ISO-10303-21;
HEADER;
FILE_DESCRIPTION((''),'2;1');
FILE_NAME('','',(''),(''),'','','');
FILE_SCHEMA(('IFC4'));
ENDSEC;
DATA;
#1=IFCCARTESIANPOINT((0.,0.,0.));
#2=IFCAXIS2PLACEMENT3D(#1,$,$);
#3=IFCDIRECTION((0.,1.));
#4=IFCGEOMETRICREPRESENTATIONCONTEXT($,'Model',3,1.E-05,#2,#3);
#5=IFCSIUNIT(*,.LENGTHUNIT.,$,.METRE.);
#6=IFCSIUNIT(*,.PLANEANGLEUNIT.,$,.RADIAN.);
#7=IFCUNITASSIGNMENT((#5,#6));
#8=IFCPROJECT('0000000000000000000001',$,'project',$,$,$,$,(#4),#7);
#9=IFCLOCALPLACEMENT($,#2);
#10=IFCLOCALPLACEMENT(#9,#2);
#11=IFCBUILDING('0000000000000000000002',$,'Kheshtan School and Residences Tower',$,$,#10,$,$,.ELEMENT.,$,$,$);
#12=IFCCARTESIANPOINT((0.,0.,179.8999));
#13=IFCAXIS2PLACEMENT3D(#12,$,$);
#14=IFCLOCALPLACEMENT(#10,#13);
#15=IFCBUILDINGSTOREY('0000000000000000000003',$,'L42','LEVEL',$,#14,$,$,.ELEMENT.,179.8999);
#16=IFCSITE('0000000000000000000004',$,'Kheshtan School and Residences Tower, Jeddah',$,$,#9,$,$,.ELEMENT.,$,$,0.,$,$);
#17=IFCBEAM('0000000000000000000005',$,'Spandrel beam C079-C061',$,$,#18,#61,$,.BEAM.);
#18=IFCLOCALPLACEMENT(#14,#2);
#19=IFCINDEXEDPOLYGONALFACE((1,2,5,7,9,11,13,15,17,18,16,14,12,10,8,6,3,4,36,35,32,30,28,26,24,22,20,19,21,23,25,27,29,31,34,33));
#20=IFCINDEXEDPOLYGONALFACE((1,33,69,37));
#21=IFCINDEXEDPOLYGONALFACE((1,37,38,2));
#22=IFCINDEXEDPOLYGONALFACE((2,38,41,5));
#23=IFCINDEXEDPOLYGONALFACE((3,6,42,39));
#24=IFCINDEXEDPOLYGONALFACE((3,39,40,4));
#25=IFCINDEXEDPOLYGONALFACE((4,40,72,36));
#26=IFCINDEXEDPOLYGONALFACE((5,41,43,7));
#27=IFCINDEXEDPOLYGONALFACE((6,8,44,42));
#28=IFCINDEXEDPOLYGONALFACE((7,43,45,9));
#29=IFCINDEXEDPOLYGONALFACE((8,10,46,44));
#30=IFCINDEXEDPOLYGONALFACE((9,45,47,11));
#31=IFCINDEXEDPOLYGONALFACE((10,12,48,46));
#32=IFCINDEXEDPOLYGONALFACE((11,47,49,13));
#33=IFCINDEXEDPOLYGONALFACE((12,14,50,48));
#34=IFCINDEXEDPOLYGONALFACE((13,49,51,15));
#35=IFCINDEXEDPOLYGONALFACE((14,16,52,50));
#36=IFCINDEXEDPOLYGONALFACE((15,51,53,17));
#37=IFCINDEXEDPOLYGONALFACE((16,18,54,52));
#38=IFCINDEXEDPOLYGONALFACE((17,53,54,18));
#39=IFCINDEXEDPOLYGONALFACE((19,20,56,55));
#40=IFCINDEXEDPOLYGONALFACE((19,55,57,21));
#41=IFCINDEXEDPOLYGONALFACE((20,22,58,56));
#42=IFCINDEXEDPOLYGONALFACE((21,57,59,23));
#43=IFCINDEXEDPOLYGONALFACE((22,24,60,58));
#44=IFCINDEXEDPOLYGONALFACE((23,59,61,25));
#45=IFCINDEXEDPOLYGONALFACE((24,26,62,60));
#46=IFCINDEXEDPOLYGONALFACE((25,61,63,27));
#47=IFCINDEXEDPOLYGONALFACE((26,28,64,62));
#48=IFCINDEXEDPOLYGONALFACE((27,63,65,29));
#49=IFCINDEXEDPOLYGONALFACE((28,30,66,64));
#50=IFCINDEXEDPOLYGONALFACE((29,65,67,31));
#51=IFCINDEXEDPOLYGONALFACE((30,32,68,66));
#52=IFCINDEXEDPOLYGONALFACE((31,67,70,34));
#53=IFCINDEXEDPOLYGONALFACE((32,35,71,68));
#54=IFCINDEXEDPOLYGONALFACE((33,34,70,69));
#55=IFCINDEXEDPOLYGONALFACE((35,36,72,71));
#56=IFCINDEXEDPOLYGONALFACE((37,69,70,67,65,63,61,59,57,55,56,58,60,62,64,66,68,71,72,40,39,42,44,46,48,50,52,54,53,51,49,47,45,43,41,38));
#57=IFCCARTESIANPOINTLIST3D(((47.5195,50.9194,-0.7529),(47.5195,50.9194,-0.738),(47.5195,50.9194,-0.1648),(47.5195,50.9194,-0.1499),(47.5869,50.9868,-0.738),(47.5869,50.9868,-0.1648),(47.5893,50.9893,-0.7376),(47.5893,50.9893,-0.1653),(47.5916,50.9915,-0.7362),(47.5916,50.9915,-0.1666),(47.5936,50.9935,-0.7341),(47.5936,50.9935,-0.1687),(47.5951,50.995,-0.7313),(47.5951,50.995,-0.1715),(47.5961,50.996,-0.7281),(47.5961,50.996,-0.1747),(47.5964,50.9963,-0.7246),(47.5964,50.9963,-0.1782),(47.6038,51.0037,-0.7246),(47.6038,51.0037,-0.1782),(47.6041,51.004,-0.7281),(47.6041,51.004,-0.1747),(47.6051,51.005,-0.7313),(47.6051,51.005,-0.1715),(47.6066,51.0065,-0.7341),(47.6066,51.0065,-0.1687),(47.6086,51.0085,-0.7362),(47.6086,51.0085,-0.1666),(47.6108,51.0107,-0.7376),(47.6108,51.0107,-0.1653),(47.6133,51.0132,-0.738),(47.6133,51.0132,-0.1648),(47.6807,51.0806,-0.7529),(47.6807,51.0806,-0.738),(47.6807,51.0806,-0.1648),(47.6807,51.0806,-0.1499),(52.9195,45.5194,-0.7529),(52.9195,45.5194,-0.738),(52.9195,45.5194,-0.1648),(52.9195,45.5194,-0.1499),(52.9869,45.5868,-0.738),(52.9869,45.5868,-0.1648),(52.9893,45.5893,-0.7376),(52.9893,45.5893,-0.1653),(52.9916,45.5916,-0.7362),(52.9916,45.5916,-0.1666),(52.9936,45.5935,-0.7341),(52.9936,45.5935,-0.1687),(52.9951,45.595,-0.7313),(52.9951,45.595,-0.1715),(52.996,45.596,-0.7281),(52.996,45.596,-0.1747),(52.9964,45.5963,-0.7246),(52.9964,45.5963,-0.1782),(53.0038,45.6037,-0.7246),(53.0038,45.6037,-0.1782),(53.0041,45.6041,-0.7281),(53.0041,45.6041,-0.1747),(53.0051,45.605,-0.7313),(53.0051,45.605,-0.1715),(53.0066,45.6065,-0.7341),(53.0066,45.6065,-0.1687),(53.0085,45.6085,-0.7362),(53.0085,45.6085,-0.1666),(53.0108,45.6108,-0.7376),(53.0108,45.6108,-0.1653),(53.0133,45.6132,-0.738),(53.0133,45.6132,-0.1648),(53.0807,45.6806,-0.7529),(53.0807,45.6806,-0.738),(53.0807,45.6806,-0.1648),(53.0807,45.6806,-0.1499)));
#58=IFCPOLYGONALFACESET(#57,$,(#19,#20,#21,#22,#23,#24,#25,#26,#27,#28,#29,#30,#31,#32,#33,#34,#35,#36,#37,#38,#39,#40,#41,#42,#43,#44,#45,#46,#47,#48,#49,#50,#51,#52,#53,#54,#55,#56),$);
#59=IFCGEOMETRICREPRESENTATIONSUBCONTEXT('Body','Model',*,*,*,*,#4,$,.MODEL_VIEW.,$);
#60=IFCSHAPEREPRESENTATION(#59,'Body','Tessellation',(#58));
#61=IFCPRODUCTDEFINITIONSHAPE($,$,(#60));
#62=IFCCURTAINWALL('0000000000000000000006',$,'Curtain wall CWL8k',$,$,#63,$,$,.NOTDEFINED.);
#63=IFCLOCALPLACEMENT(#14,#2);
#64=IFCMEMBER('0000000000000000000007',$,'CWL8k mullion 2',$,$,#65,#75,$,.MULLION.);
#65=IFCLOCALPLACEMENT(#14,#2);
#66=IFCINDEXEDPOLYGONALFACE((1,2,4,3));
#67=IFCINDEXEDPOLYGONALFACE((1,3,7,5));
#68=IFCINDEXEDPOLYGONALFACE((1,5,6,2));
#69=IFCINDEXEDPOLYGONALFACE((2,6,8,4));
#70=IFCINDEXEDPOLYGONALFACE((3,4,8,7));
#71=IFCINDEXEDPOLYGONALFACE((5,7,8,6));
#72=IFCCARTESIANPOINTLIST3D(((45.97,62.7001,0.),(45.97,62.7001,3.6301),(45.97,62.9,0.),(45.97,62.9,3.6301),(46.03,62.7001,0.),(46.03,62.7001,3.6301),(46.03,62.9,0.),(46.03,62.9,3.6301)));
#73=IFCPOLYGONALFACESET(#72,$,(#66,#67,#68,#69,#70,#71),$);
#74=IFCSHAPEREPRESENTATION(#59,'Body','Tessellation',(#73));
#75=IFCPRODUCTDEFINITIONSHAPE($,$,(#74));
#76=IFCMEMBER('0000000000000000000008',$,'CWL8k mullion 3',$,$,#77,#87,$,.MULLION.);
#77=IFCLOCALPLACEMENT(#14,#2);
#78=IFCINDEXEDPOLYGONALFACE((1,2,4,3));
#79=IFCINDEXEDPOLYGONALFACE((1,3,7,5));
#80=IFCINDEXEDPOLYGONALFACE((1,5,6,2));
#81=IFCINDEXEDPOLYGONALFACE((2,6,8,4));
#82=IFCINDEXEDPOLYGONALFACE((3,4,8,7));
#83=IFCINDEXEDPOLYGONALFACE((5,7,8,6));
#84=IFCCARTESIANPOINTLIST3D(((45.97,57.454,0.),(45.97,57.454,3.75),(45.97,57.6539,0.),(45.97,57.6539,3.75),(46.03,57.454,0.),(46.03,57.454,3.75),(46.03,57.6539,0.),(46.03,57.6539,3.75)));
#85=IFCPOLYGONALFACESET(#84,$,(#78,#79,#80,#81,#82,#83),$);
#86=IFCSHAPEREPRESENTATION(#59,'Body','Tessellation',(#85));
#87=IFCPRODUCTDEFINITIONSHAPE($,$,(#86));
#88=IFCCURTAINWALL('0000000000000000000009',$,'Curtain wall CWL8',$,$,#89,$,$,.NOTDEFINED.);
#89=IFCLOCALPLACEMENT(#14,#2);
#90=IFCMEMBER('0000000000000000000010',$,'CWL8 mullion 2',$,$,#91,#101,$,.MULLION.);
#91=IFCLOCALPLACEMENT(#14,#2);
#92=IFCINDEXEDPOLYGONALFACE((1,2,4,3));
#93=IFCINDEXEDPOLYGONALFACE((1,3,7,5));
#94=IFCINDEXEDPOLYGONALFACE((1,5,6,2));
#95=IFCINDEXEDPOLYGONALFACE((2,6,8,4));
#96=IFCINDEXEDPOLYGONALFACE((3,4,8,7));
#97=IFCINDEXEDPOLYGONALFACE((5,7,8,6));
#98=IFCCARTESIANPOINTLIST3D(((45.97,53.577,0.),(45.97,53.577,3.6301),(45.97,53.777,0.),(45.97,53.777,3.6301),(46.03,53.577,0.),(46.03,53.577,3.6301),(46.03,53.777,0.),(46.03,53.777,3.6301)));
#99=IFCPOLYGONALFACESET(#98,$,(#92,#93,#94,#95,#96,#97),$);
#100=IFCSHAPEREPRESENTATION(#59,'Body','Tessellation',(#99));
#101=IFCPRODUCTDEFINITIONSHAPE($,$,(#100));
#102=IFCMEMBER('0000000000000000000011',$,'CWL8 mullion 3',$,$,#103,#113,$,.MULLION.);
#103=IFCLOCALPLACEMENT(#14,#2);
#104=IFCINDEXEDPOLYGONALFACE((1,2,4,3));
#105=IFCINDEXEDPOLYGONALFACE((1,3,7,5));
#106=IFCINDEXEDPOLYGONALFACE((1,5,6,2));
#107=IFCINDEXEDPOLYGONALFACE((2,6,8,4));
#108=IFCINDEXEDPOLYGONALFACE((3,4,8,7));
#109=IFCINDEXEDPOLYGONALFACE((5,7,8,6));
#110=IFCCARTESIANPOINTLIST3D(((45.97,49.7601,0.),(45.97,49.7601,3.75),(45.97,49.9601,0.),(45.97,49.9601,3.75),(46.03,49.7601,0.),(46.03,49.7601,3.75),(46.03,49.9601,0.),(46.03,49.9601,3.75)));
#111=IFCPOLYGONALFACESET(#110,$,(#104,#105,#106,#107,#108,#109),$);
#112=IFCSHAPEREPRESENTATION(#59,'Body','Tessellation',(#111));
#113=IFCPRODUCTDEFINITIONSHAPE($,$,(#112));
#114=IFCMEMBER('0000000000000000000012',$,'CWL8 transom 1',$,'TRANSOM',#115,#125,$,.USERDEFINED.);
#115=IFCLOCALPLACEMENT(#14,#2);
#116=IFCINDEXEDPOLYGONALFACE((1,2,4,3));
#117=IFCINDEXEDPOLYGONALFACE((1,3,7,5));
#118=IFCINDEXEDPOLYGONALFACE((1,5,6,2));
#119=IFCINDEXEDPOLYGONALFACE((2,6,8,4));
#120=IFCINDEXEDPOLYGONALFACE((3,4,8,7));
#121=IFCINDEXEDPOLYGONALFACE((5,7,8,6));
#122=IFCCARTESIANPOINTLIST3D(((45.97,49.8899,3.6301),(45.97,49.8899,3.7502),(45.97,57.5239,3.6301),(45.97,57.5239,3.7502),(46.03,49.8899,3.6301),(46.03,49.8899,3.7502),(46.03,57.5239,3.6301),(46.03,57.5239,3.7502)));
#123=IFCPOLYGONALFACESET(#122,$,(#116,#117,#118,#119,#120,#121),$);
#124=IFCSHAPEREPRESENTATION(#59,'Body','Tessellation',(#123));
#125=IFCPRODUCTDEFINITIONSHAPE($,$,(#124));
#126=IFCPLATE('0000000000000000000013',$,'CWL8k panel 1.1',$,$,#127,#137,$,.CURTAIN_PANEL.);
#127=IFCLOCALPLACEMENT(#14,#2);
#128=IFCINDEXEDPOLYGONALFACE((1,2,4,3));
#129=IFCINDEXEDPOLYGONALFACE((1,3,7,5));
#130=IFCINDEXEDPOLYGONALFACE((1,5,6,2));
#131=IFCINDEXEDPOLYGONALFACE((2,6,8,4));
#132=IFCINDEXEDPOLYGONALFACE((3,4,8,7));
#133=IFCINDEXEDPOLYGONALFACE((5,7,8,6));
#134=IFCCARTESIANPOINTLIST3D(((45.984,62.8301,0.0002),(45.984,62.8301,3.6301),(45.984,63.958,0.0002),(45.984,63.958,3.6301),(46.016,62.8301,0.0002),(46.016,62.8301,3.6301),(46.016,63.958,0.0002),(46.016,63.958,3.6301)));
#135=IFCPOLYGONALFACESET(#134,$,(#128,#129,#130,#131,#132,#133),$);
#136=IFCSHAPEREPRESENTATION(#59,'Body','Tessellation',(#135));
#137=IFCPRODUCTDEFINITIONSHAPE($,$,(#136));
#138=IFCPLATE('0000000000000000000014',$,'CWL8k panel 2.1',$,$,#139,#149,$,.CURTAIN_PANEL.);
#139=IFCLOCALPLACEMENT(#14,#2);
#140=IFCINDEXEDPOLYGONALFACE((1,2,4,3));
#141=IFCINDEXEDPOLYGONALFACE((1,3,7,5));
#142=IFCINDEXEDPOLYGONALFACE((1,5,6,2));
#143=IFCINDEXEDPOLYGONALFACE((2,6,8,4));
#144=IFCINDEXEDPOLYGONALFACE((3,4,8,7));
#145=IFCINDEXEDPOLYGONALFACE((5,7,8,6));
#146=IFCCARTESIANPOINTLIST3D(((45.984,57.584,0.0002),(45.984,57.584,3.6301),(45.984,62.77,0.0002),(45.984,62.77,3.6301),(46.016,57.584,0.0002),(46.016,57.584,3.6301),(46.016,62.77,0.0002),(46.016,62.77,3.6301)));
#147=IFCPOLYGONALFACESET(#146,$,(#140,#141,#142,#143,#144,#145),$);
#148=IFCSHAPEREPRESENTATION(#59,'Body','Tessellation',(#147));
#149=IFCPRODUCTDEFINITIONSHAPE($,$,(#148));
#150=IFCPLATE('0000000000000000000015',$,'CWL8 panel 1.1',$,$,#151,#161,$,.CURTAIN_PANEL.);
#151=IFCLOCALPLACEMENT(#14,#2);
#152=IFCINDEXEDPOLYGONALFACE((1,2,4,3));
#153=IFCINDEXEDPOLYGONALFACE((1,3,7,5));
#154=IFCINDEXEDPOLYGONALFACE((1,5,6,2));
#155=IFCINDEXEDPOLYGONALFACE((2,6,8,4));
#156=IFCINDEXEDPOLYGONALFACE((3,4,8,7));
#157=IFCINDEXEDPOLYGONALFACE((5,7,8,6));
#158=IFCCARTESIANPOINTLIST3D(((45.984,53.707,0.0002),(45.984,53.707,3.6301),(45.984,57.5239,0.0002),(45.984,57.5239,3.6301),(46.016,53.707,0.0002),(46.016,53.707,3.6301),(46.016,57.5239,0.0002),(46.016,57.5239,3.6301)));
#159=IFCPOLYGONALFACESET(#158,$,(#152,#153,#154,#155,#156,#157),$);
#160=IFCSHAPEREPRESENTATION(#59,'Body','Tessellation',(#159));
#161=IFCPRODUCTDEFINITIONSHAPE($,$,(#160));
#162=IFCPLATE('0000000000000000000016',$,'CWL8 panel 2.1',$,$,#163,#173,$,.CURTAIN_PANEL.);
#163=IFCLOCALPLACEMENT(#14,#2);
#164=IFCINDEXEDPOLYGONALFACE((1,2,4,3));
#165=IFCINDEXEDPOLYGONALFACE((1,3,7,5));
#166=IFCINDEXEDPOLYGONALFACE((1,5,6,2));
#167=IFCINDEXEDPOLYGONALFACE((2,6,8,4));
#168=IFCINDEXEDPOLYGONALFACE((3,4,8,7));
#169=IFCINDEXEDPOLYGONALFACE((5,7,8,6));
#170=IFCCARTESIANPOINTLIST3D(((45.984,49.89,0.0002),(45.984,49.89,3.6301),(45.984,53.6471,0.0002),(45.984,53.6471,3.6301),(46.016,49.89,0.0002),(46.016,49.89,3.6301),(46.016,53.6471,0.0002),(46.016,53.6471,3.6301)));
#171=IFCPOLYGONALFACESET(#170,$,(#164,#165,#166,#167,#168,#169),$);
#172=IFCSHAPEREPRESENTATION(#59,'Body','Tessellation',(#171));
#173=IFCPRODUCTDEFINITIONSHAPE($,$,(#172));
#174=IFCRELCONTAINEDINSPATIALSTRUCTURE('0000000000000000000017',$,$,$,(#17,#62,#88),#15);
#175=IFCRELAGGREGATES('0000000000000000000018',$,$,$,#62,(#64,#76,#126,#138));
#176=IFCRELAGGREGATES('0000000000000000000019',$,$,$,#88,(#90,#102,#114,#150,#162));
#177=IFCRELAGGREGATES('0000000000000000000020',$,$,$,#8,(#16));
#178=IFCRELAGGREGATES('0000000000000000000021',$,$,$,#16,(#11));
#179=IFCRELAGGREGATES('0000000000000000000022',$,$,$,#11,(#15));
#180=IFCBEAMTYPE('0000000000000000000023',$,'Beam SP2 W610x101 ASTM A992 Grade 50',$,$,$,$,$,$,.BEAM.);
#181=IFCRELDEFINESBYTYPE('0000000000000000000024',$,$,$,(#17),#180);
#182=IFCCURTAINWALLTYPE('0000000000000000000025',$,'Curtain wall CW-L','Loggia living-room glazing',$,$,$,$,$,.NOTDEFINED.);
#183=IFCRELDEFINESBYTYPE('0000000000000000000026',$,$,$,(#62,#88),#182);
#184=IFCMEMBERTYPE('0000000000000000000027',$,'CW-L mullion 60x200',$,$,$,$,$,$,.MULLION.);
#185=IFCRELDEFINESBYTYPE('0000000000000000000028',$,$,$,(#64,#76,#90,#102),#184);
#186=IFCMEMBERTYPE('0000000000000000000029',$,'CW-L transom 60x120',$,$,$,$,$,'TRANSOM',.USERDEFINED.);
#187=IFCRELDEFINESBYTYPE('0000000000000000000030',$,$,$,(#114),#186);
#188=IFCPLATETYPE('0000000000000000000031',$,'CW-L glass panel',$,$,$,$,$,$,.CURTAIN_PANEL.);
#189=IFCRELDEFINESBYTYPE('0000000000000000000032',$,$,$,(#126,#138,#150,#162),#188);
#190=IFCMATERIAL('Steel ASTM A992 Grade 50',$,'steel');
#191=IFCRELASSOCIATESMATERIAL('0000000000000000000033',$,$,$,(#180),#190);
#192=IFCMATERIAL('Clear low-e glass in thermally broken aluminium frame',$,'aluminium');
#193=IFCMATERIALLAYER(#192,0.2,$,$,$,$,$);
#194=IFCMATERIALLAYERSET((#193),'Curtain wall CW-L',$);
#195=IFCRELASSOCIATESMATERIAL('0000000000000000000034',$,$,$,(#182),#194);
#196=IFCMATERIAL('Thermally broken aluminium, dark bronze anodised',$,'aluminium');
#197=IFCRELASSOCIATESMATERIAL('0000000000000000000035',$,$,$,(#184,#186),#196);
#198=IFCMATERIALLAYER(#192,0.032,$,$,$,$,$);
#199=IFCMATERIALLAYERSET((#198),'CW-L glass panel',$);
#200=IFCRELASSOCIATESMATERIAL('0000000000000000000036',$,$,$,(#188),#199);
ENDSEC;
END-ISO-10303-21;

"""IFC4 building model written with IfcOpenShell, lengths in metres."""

from ifc_helpers import new_model, si_unit, direction, frame, origin, origin_2d, place, context, subcontext, project, spatial, rectangle, i_section, extrude, material, layer, layer_set, material_profile, profile_set, type_object, element, aggregate, save


model = new_model("IFC4")

# Units and contexts
model_context = context("Model", 3, precision=1e-05, world=origin(), true_north=direction((0.0, 1.0)))
body_context = subcontext(model_context, "Body", "Model", "MODEL_VIEW")
ifc_project = project(units=[si_unit("LENGTHUNIT", "METRE"), si_unit("PLANEANGLEUNIT", "RADIAN")], contexts=[model_context])

# Site, building, storey
site_placement = place(None, origin())
site = spatial("IfcSite", under=ifc_project, at=site_placement, Name="Kheshtan School and Residences Tower, Jeddah", CompositionType="ELEMENT", RefElevation=0.0)
building_placement = place(site_placement, origin())
building = spatial("IfcBuilding", under=site, at=building_placement, Name="Kheshtan School and Residences Tower", CompositionType="ELEMENT")
storey_placement = place(building_placement, frame((0.0, 0.0, 179.8999)))
storey = spatial("IfcBuildingStorey", under=building, at=storey_placement, Name="L42", Description="LEVEL", CompositionType="ELEMENT", Elevation=179.8999)

# Shared definitions
ifc_material_1 = material(Name="Steel ASTM A992 Grade 50", Category="steel")

# Beam
ifc_material_profile_1 = material_profile(ifc_material_1, i_section(OverallWidth=0.228, OverallDepth=0.603, WebThickness=0.0105, FlangeThickness=0.0149, FilletRadius=0.0134, at=origin_2d()), Name="W610x101")
ifc_profile_set_1 = profile_set([ifc_material_profile_1], Name="Steel ASTM A992 Grade 50")
beam_type = type_object("IfcBeamType", Name="Beam SP2 W610x101 ASTM A992 Grade 50", PredefinedType="BEAM", material=ifc_profile_set_1)
beam_1_placement = place(storey_placement, frame((47.6001, 51.0, -0.4514), z_axis=(0.707107, -0.707107, 0.0), x_axis=(0.707107, 0.707107, 0.0)))
element("IfcBeam", 1, at=beam_1_placement, inside=storey, type_object=beam_type, Name="Spandrel beam C079-C061", PredefinedType="BEAM", context=body_context, shape_type="SweptSolid", body=[
    extrude(i_section(OverallWidth=0.228, OverallDepth=0.603, WebThickness=0.0105, FlangeThickness=0.0149, FilletRadius=0.0134, at=origin_2d()), origin(), (0.0, 0.0, 1.0), 7.6367),
])

# Curtain walls, members
ifc_material_2 = material(Name="Clear low-e glass in thermally broken aluminium frame", Category="aluminium")
ifc_layer_1 = layer(ifc_material_2, 0.2)
ifc_layer_set_1 = layer_set([ifc_layer_1], Name="Curtain wall CW-L")
curtain_wall_type = type_object("IfcCurtainWallType", Name="Curtain wall CW-L", Description="Loggia living-room glazing", PredefinedType="NOTDEFINED", material=ifc_layer_set_1)
curtain_wall_1_placement = place(storey_placement, origin())
curtain_wall_1 = element("IfcCurtainWall", 2, at=curtain_wall_1_placement, inside=storey, type_object=curtain_wall_type, Name="Curtain wall CWL8k", PredefinedType="NOTDEFINED")
ifc_material_3 = material(Name="Thermally broken aluminium, dark bronze anodised", Category="aluminium")
ifc_material_profile_2 = material_profile(ifc_material_3, rectangle(XDim=0.0601, YDim=0.2, at=origin_2d()), Name="CW-L mullion 60x200")
ifc_profile_set_2 = profile_set([ifc_material_profile_2], Name="Thermally broken aluminium, dark bronze anodised")
member_type_1 = type_object("IfcMemberType", Name="CW-L mullion 60x200", PredefinedType="MULLION", material=ifc_profile_set_2)
member_1_placement = place(storey_placement, frame((46.0, 62.8, 0.0), z_axis=(0.0, 0.0, 1.0), x_axis=(1.0, 0.0, 0.0)))
member_1 = element("IfcMember", 3, at=member_1_placement, type_object=member_type_1, Name="CWL8k mullion 2", PredefinedType="MULLION", context=body_context, shape_type="SweptSolid", body=[
    extrude(rectangle(XDim=0.0601, YDim=0.2, at=origin_2d()), origin(), (0.0, 0.0, 1.0), 3.6301),
])
member_2_placement = place(storey_placement, frame((46.0, 57.554, 0.0), z_axis=(0.0, 0.0, 1.0), x_axis=(1.0, 0.0, 0.0)))
member_2 = element("IfcMember", 4, at=member_2_placement, type_object=member_type_1, Name="CWL8k mullion 3", PredefinedType="MULLION", context=body_context, shape_type="SweptSolid", body=[
    extrude(rectangle(XDim=0.0601, YDim=0.2, at=origin_2d()), origin(), (0.0, 0.0, 1.0), 3.75),
])
curtain_wall_2_placement = place(storey_placement, origin())
curtain_wall_2 = element("IfcCurtainWall", 5, at=curtain_wall_2_placement, inside=storey, type_object=curtain_wall_type, Name="Curtain wall CWL8", PredefinedType="NOTDEFINED")
member_3_placement = place(storey_placement, frame((46.0, 53.677, 0.0), z_axis=(0.0, 0.0, 1.0), x_axis=(1.0, 0.0, 0.0)))
member_3 = element("IfcMember", 6, at=member_3_placement, type_object=member_type_1, Name="CWL8 mullion 2", PredefinedType="MULLION", context=body_context, shape_type="SweptSolid", body=[
    extrude(rectangle(XDim=0.0601, YDim=0.2, at=origin_2d()), origin(), (0.0, 0.0, 1.0), 3.6301),
])
member_4_placement = place(storey_placement, frame((46.0, 49.8601, 0.0), z_axis=(0.0, 0.0, 1.0), x_axis=(1.0, 0.0, 0.0)))
member_4 = element("IfcMember", 7, at=member_4_placement, type_object=member_type_1, Name="CWL8 mullion 3", PredefinedType="MULLION", context=body_context, shape_type="SweptSolid", body=[
    extrude(rectangle(XDim=0.0601, YDim=0.2, at=origin_2d()), origin(), (0.0, 0.0, 1.0), 3.75),
])
ifc_material_profile_3 = material_profile(ifc_material_3, rectangle(XDim=0.0601, YDim=0.1201, at=origin_2d()), Name="CW-L transom 60x120")
ifc_profile_set_3 = profile_set([ifc_material_profile_3], Name="Thermally broken aluminium, dark bronze anodised")
member_type_2 = type_object("IfcMemberType", Name="CW-L transom 60x120", ElementType="TRANSOM", PredefinedType="USERDEFINED", material=ifc_profile_set_3)
member_5_placement = place(storey_placement, frame((46.0, 57.5239, 3.6902), z_axis=(0.0, -1.0, 0.0), x_axis=(1.0, 0.0, 0.0)))
member_5 = element("IfcMember", 8, at=member_5_placement, type_object=member_type_2, Name="CWL8 transom 1", ObjectType="TRANSOM", PredefinedType="USERDEFINED", context=body_context, shape_type="SweptSolid", body=[
    extrude(rectangle(XDim=0.0601, YDim=0.1201, at=origin_2d()), origin(), (0.0, 0.0, 1.0), 7.634),
])

# Plates
ifc_layer_2 = layer(ifc_material_2, 0.032)
ifc_layer_set_2 = layer_set([ifc_layer_2], Name="CW-L glass panel")
plate_type = type_object("IfcPlateType", Name="CW-L glass panel", PredefinedType="CURTAIN_PANEL", material=ifc_layer_set_2)
plate_1_placement = place(storey_placement, frame((46.0, 63.394, 0.0002), z_axis=(0.0, 0.0, 1.0), x_axis=(0.0, -1.0, 0.0)))
plate_1 = element("IfcPlate", 9, at=plate_1_placement, type_object=plate_type, Name="CWL8k panel 1.1", PredefinedType="CURTAIN_PANEL", context=body_context, shape_type="SweptSolid", body=[
    extrude(rectangle(XDim=1.1279, YDim=0.032, at=origin_2d()), origin(), (0.0, 0.0, 1.0), 3.6299),
])
plate_2_placement = place(storey_placement, frame((46.0, 60.177, 0.0002), z_axis=(0.0, 0.0, 1.0), x_axis=(0.0, -1.0, 0.0)))
plate_2 = element("IfcPlate", 10, at=plate_2_placement, type_object=plate_type, Name="CWL8k panel 2.1", PredefinedType="CURTAIN_PANEL", context=body_context, shape_type="SweptSolid", body=[
    extrude(rectangle(XDim=5.186, YDim=0.032, at=origin_2d()), origin(), (0.0, 0.0, 1.0), 3.6299),
])
aggregate(curtain_wall_1, [member_1, member_2, plate_1, plate_2])
plate_3_placement = place(storey_placement, frame((46.0, 55.6155, 0.0002), z_axis=(0.0, 0.0, 1.0), x_axis=(0.0, -1.0, 0.0)))
plate_3 = element("IfcPlate", 11, at=plate_3_placement, type_object=plate_type, Name="CWL8 panel 1.1", PredefinedType="CURTAIN_PANEL", context=body_context, shape_type="SweptSolid", body=[
    extrude(rectangle(XDim=3.8169, YDim=0.032, at=origin_2d()), origin(), (0.0, 0.0, 1.0), 3.6299),
])
plate_4_placement = place(storey_placement, frame((46.0, 51.7686, 0.0002), z_axis=(0.0, 0.0, 1.0), x_axis=(0.0, -1.0, 0.0)))
plate_4 = element("IfcPlate", 12, at=plate_4_placement, type_object=plate_type, Name="CWL8 panel 2.1", PredefinedType="CURTAIN_PANEL", context=body_context, shape_type="SweptSolid", body=[
    extrude(rectangle(XDim=3.7571, YDim=0.032, at=origin_2d()), origin(), (0.0, 0.0, 1.0), 3.6299),
])
aggregate(curtain_wall_2, [member_3, member_4, member_5, plate_3, plate_4])

save(model, "model.ifc")
